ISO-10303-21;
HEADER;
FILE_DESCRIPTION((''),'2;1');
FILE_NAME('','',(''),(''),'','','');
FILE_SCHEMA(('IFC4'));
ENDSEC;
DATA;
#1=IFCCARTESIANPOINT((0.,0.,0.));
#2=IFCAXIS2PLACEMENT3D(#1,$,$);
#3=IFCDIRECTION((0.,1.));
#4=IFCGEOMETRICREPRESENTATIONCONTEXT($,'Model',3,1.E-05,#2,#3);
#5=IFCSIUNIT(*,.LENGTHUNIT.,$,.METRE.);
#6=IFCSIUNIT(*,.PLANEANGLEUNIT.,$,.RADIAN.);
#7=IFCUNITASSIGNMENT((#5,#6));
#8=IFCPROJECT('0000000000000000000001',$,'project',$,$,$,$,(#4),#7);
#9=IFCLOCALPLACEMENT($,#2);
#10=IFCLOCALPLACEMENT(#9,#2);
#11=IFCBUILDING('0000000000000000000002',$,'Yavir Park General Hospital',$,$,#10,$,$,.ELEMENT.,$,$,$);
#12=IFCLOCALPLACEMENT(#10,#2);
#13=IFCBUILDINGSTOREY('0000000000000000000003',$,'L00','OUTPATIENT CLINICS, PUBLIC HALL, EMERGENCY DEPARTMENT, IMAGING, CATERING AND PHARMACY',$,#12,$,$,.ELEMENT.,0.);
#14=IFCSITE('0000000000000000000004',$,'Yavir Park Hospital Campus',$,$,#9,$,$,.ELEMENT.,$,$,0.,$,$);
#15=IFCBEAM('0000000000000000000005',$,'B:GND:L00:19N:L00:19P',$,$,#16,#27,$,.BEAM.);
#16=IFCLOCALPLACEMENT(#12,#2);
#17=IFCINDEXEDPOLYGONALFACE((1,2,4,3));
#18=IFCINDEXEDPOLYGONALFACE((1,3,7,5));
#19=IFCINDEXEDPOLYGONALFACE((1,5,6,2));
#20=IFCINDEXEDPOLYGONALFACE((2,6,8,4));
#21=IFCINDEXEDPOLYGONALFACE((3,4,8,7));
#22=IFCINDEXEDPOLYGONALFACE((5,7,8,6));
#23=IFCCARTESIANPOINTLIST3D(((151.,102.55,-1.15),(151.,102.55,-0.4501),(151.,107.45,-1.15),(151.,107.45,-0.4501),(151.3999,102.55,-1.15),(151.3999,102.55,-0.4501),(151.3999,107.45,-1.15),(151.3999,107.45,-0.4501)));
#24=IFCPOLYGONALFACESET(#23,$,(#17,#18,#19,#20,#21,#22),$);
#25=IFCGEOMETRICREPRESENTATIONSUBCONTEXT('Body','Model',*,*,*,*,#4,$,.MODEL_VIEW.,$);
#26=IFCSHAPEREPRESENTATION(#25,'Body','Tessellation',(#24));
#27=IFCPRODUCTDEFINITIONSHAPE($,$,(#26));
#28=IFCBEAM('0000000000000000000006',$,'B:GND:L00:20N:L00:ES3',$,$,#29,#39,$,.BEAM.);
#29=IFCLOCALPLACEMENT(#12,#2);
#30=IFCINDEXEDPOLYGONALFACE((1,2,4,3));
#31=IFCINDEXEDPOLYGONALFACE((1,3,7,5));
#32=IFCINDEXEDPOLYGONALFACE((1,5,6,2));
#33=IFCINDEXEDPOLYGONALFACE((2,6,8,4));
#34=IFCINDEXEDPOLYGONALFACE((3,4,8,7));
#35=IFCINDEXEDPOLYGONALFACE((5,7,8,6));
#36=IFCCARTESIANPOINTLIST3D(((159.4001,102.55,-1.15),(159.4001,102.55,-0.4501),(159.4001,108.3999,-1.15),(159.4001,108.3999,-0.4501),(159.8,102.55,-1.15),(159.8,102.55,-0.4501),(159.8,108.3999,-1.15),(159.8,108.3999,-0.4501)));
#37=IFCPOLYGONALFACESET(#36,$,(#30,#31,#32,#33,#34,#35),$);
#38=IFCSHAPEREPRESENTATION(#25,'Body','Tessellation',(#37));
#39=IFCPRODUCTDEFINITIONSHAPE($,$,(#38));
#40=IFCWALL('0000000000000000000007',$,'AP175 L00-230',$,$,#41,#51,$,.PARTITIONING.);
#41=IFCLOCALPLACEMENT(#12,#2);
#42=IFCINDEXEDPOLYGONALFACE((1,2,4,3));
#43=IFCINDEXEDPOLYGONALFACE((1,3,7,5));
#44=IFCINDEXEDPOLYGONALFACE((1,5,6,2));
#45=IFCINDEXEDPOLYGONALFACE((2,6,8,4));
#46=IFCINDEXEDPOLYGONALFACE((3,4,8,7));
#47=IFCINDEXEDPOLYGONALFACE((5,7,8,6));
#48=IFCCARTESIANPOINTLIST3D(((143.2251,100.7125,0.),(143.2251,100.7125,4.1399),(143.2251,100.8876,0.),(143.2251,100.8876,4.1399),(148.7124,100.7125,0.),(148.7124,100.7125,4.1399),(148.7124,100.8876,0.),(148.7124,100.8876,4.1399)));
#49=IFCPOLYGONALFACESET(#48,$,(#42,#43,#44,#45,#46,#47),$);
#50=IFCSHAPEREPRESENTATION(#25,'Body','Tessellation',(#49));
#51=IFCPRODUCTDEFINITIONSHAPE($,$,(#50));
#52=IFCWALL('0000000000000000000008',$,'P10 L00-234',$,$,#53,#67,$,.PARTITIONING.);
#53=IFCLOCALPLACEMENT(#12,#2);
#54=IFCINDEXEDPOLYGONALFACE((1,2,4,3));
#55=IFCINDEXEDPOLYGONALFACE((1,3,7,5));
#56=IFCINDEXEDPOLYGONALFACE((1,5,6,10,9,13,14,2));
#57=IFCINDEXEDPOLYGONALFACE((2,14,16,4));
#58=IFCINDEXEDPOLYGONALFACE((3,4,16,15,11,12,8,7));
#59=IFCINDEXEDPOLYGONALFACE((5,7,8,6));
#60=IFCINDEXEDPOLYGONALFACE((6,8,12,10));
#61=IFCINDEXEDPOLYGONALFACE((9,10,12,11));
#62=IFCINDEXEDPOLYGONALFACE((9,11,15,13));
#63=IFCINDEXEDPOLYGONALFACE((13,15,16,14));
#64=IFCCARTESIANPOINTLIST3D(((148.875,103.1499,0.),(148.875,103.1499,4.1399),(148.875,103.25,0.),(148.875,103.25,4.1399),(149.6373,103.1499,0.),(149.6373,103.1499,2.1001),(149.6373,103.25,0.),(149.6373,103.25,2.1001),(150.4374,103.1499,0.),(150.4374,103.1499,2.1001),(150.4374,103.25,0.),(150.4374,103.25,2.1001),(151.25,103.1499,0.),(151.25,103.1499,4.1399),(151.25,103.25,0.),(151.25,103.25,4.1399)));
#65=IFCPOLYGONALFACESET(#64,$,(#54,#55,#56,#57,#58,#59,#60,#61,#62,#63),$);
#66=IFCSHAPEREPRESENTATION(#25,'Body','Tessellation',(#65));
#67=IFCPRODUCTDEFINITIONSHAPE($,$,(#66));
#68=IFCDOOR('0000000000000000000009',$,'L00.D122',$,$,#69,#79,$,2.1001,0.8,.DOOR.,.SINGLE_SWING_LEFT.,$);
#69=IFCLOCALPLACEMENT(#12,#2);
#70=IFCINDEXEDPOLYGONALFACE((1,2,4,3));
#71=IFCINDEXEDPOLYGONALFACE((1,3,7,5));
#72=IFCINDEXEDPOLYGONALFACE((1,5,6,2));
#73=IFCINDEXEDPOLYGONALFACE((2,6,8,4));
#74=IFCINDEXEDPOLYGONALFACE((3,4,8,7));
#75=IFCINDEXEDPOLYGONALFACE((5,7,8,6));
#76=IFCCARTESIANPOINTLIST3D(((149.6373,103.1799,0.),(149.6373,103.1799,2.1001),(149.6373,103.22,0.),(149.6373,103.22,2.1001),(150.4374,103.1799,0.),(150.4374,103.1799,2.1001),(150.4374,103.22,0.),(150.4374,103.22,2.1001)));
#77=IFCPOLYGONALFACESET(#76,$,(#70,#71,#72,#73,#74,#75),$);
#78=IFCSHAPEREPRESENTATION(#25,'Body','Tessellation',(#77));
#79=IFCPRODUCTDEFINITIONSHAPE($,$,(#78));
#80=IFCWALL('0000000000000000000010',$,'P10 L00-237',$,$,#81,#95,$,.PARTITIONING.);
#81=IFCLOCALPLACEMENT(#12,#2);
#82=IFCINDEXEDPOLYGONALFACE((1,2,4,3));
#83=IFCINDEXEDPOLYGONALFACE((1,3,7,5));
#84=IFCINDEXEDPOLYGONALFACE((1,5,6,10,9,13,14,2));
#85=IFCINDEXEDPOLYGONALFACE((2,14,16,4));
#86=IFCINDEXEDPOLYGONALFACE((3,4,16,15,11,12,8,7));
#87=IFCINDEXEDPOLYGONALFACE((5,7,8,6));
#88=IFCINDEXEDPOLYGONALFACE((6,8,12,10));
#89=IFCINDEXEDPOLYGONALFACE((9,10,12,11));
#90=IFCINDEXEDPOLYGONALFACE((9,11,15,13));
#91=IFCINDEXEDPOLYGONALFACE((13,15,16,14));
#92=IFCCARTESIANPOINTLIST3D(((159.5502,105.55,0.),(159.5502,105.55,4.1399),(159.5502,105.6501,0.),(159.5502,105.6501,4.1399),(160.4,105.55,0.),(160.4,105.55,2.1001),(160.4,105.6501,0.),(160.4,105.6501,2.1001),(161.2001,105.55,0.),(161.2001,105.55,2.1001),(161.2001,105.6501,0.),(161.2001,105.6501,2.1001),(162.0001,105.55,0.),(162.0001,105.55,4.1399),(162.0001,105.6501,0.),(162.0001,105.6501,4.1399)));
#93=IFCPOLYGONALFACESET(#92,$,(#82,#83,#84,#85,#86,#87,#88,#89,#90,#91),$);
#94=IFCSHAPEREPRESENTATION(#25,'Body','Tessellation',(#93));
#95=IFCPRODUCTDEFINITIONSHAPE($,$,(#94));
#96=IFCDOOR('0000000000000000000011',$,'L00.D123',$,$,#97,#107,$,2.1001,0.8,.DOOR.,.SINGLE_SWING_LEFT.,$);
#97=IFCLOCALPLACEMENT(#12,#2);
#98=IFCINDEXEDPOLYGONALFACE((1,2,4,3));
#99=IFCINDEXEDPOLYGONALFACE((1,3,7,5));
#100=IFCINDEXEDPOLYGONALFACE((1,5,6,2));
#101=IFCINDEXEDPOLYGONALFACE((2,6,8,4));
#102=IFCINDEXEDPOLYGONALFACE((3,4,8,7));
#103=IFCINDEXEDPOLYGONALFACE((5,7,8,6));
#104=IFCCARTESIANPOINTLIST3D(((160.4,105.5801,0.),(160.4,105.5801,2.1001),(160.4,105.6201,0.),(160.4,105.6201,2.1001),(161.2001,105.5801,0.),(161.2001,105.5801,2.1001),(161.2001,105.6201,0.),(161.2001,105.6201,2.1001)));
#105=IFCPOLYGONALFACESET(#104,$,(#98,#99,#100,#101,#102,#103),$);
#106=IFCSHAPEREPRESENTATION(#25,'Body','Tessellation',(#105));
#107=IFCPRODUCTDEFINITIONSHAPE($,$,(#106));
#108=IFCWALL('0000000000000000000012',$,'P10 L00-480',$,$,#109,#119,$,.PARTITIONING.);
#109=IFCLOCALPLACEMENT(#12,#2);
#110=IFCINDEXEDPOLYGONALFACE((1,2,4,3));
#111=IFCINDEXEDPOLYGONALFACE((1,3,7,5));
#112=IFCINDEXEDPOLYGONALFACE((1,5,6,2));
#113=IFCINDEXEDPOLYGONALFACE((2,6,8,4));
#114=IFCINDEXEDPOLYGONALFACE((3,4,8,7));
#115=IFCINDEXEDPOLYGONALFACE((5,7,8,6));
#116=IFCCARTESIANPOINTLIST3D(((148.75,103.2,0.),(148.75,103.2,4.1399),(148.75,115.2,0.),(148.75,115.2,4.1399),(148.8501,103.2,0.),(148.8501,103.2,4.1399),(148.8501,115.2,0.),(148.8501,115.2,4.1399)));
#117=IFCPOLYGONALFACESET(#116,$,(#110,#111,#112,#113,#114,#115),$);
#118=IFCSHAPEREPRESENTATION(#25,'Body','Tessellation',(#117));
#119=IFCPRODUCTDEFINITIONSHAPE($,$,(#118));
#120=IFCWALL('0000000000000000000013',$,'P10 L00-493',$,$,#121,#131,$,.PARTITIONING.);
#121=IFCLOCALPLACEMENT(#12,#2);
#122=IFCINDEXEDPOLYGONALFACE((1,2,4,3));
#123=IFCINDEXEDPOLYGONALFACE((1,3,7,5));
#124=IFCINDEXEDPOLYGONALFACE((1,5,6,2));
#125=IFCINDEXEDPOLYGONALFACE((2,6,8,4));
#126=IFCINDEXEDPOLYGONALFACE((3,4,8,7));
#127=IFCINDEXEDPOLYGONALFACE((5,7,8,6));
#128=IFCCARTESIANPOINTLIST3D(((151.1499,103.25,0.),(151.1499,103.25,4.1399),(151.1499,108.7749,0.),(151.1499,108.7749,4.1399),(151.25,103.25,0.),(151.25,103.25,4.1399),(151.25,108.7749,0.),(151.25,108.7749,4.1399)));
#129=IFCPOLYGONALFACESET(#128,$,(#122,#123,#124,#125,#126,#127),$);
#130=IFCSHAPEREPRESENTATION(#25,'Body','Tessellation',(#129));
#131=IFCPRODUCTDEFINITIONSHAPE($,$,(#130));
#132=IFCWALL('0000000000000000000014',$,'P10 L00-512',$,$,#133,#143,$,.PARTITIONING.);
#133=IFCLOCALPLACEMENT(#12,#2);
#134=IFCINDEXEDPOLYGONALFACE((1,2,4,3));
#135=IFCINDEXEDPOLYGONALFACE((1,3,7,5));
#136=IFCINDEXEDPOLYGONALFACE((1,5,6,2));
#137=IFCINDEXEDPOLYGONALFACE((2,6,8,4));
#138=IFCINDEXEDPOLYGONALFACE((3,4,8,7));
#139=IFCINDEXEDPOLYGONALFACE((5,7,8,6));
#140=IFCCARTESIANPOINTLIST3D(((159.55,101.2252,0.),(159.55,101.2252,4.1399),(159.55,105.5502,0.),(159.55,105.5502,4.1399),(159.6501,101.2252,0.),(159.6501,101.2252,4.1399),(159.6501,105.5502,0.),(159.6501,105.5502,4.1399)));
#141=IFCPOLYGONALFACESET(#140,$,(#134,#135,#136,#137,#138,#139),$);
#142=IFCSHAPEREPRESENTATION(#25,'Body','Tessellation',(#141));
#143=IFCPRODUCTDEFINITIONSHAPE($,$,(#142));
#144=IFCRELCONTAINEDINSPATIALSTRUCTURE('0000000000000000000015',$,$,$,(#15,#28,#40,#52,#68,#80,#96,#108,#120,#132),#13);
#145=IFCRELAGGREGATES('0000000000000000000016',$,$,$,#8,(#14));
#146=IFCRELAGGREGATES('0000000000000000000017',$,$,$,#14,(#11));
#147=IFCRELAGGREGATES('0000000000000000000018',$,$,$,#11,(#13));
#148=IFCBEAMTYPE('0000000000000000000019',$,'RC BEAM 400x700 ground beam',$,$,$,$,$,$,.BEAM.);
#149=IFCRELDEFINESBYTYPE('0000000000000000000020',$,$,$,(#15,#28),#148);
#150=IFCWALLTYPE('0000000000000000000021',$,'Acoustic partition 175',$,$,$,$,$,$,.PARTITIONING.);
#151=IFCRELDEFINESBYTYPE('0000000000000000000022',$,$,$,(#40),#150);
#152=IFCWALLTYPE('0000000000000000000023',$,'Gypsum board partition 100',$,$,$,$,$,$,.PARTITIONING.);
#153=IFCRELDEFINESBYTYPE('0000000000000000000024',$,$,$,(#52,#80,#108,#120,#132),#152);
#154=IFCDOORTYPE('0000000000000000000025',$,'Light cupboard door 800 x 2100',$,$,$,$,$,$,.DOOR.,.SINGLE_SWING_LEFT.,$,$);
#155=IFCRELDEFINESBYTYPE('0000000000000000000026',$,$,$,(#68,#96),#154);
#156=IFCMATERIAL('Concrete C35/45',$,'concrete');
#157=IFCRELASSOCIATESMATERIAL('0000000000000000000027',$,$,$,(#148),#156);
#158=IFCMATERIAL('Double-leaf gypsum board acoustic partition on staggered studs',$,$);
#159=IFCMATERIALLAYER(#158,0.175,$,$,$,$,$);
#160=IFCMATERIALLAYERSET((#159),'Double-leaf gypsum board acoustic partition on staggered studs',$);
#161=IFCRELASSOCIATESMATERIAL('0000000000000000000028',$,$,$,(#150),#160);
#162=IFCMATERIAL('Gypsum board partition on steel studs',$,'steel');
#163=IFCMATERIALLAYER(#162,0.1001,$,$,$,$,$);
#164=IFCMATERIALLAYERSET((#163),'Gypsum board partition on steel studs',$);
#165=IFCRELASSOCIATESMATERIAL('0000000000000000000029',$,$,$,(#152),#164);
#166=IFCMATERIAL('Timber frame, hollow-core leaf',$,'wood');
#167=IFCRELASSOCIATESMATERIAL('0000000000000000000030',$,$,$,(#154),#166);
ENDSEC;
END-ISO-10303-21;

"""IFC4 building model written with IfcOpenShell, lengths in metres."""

from ifc_helpers import new_model, si_unit, direction, frame, frame_2d, origin, origin_2d, place, context, subcontext, project, spatial, rectangle, extrude, material, layer, layer_set, material_profile, profile_set, type_object, element, fill, save


model = new_model("IFC4")

# Units and contexts
model_context = context("Model", 3, precision=1e-05, world=origin(), true_north=direction((0.0, 1.0)))
body_context = subcontext(model_context, "Body", "Model", "MODEL_VIEW")
ifc_project = project(units=[si_unit("LENGTHUNIT", "METRE"), si_unit("PLANEANGLEUNIT", "RADIAN")], contexts=[model_context])

# Site, building, storey
site_placement = place(None, origin())
site = spatial("IfcSite", under=ifc_project, at=site_placement, Name="Yavir Park Hospital Campus", CompositionType="ELEMENT", RefElevation=0.0)
building_placement = place(site_placement, origin())
building = spatial("IfcBuilding", under=site, at=building_placement, Name="Yavir Park General Hospital", CompositionType="ELEMENT")
storey_placement = place(building_placement, origin())
storey = spatial("IfcBuildingStorey", under=building, at=storey_placement, Name="L00", Description="OUTPATIENT CLINICS, PUBLIC HALL, EMERGENCY DEPARTMENT, IMAGING, CATERING AND PHARMACY", CompositionType="ELEMENT", Elevation=0.0)

# Beams
ifc_material_1 = material(Name="Concrete C35/45", Category="concrete")
ifc_material_profile_1 = material_profile(ifc_material_1, rectangle(XDim=0.3999, YDim=0.7, at=origin_2d()), Name="RC400x700")
ifc_profile_set_1 = profile_set([ifc_material_profile_1], Name="Concrete C35/45")
beam_type_1 = type_object("IfcBeamType", Name="RC BEAM 400x700 ground beam", PredefinedType="BEAM", material=ifc_profile_set_1)
for number, where, z_axis, x_axis, name in (
    (1, (151.2, 102.55, -0.8), (0.0, 1.0, 0.0), (-1.0, 0.0, 0.0), "B:GND:L00:19N:L00:19P"),
):
    element("IfcBeam", number, at=place(storey_placement, frame(where, z_axis=z_axis, x_axis=x_axis)), inside=storey, type_object=beam_type_1, Name=name, PredefinedType="BEAM", context=body_context, shape_type="SweptSolid", body=[
        extrude(rectangle(XDim=0.3999, YDim=0.7, at=origin_2d()), origin(), (0.0, 0.0, 1.0), 4.8999),
    ])
beam_1_placement = place(storey_placement, frame((159.6001, 102.55, -0.8), z_axis=(0.0, 1.0, 0.0), x_axis=(-1.0, 0.0, 0.0)))
element("IfcBeam", 2, at=beam_1_placement, inside=storey, type_object=beam_type_1, Name="B:GND:L00:20N:L00:ES3", PredefinedType="BEAM", context=body_context, shape_type="SweptSolid", body=[
    extrude(rectangle(XDim=0.3999, YDim=0.7, at=origin_2d()), origin(), (0.0, 0.0, 1.0), 5.8499),
])

# Wall
ifc_material_2 = material(Name="Double-leaf gypsum board acoustic partition on staggered studs")
ifc_layer_1 = layer(ifc_material_2, 0.175)
ifc_layer_set_1 = layer_set([ifc_layer_1], Name="Double-leaf gypsum board acoustic partition on staggered studs")
wall_type_1 = type_object("IfcWallType", Name="Acoustic partition 175", PredefinedType="PARTITIONING", material=ifc_layer_set_1)
wall_1_placement = place(storey_placement, frame((143.2251, 100.8, 0.0), z_axis=(0.0, 0.0, 1.0), x_axis=(1.0, 0.0, 0.0)))
element("IfcWall", 3, at=wall_1_placement, inside=storey, type_object=wall_type_1, Name="AP175 L00-230", PredefinedType="PARTITIONING", context=body_context, shape_type="SweptSolid", body=[
    extrude(rectangle(XDim=5.4873, YDim=0.175, at=frame_2d((2.7437, 0.0))), origin(), (0.0, 0.0, 1.0), 4.1399),
])

# Walls, openings, doors
ifc_material_3 = material(Name="Gypsum board partition on steel studs", Category="steel")
ifc_layer_2 = layer(ifc_material_3, 0.1001)
ifc_layer_set_2 = layer_set([ifc_layer_2], Name="Gypsum board partition on steel studs")
wall_type_2 = type_object("IfcWallType", Name="Gypsum board partition 100", PredefinedType="PARTITIONING", material=ifc_layer_set_2)
wall_2_placement = place(storey_placement, frame((148.875, 103.2, 0.0), z_axis=(0.0, 0.0, 1.0), x_axis=(1.0, 0.0, 0.0)))
wall_2 = element("IfcWall", 4, at=wall_2_placement, inside=storey, type_object=wall_type_2, Name="P10 L00-234", PredefinedType="PARTITIONING", context=body_context, shape_type="SweptSolid", body=[
    extrude(rectangle(XDim=2.375, YDim=0.1001, at=frame_2d((1.1875, 0.0))), origin(), (0.0, 0.0, 1.0), 4.1399),
])
opening_1_placement = place(wall_2_placement, frame((0.7625, 0.0, 0.0)))
opening_1 = element("IfcOpeningElement", 5, at=opening_1_placement, cuts=wall_2, PredefinedType="OPENING", context=body_context, shape_type="SweptSolid", body=[
    extrude(rectangle(XDim=0.8, YDim=2.1001, at=frame_2d((0.3999, 1.05))), frame((0.0, 0.0601, 0.0), z_axis=(0.0, -1.0, 0.0), x_axis=(1.0, 0.0, 0.0)), (0.0, 0.0, 1.0), 0.1201),
])
ifc_material_4 = material(Name="Timber frame, hollow-core leaf", Category="wood")
door_type_1 = type_object("IfcDoorType", Name="Light cupboard door 800 x 2100", OperationType="SINGLE_SWING_LEFT", PredefinedType="DOOR", material=ifc_material_4)
door_1_placement = place(opening_1_placement, origin())
door_1 = element("IfcDoor", 6, at=door_1_placement, inside=storey, type_object=door_type_1, Name="L00.D122", OperationType="SINGLE_SWING_LEFT", OverallHeight=2.1001, OverallWidth=0.8, PredefinedType="DOOR", context=body_context, shape_type="SweptSolid", body=[
    extrude(rectangle(XDim=0.8, YDim=2.1001, at=frame_2d((0.3999, 1.05))), frame((0.0, 0.02, 0.0), z_axis=(0.0, -1.0, 0.0), x_axis=(1.0, 0.0, 0.0)), (0.0, 0.0, 1.0), 0.04),
])
fill(opening_1, door_1)
wall_3_placement = place(storey_placement, frame((159.55, 105.6001, 0.0), z_axis=(0.0, 0.0, 1.0), x_axis=(1.0, 0.0, 0.0)))
wall_3 = element("IfcWall", 7, at=wall_3_placement, inside=storey, type_object=wall_type_2, Name="P10 L00-237", PredefinedType="PARTITIONING", context=body_context, shape_type="SweptSolid", body=[
    extrude(rectangle(XDim=2.45, YDim=0.1001, at=frame_2d((1.2251, 0.0))), origin(), (0.0, 0.0, 1.0), 4.1399),
])
opening_2_placement = place(wall_3_placement, frame((0.8501, 0.0, 0.0)))
opening_2 = element("IfcOpeningElement", 8, at=opening_2_placement, cuts=wall_3, PredefinedType="OPENING", context=body_context, shape_type="SweptSolid", body=[
    extrude(rectangle(XDim=0.8, YDim=2.1001, at=frame_2d((0.3999, 1.05))), frame((0.0, 0.0601, 0.0), z_axis=(0.0, -1.0, 0.0), x_axis=(1.0, 0.0, 0.0)), (0.0, 0.0, 1.0), 0.1201),
])
door_2_placement = place(opening_2_placement, origin())
door_2 = element("IfcDoor", 9, at=door_2_placement, inside=storey, type_object=door_type_1, Name="L00.D123", OperationType="SINGLE_SWING_LEFT", OverallHeight=2.1001, OverallWidth=0.8, PredefinedType="DOOR", context=body_context, shape_type="SweptSolid", body=[
    extrude(rectangle(XDim=0.8, YDim=2.1001, at=frame_2d((0.3999, 1.05))), frame((0.0, 0.02, 0.0), z_axis=(0.0, -1.0, 0.0), x_axis=(1.0, 0.0, 0.0)), (0.0, 0.0, 1.0), 0.04),
])
fill(opening_2, door_2)

# Walls
wall_4_placement = place(storey_placement, frame((148.8, 103.2, 0.0), z_axis=(0.0, 0.0, 1.0), x_axis=(0.0, 1.0, 0.0)))
element("IfcWall", 10, at=wall_4_placement, inside=storey, type_object=wall_type_2, Name="P10 L00-480", PredefinedType="PARTITIONING", context=body_context, shape_type="SweptSolid", body=[
    extrude(rectangle(XDim=12.0, YDim=0.1001, at=frame_2d((6.0, 0.0))), origin(), (0.0, 0.0, 1.0), 4.1399),
])
wall_5_placement = place(storey_placement, frame((151.2, 103.25, 0.0), z_axis=(0.0, 0.0, 1.0), x_axis=(0.0, 1.0, 0.0)))
element("IfcWall", 11, at=wall_5_placement, inside=storey, type_object=wall_type_2, Name="P10 L00-493", PredefinedType="PARTITIONING", context=body_context, shape_type="SweptSolid", body=[
    extrude(rectangle(XDim=5.5249, YDim=0.1001, at=frame_2d((2.7625, 0.0))), origin(), (0.0, 0.0, 1.0), 4.1399),
])
wall_6_placement = place(storey_placement, frame((159.6001, 101.2251, 0.0), z_axis=(0.0, 0.0, 1.0), x_axis=(0.0, 1.0, 0.0)))
element("IfcWall", 12, at=wall_6_placement, inside=storey, type_object=wall_type_2, Name="P10 L00-512", PredefinedType="PARTITIONING", context=body_context, shape_type="SweptSolid", body=[
    extrude(rectangle(XDim=4.325, YDim=0.1001, at=frame_2d((2.1626, 0.0))), origin(), (0.0, 0.0, 1.0), 4.1399),
])

save(model, "model.ifc")
